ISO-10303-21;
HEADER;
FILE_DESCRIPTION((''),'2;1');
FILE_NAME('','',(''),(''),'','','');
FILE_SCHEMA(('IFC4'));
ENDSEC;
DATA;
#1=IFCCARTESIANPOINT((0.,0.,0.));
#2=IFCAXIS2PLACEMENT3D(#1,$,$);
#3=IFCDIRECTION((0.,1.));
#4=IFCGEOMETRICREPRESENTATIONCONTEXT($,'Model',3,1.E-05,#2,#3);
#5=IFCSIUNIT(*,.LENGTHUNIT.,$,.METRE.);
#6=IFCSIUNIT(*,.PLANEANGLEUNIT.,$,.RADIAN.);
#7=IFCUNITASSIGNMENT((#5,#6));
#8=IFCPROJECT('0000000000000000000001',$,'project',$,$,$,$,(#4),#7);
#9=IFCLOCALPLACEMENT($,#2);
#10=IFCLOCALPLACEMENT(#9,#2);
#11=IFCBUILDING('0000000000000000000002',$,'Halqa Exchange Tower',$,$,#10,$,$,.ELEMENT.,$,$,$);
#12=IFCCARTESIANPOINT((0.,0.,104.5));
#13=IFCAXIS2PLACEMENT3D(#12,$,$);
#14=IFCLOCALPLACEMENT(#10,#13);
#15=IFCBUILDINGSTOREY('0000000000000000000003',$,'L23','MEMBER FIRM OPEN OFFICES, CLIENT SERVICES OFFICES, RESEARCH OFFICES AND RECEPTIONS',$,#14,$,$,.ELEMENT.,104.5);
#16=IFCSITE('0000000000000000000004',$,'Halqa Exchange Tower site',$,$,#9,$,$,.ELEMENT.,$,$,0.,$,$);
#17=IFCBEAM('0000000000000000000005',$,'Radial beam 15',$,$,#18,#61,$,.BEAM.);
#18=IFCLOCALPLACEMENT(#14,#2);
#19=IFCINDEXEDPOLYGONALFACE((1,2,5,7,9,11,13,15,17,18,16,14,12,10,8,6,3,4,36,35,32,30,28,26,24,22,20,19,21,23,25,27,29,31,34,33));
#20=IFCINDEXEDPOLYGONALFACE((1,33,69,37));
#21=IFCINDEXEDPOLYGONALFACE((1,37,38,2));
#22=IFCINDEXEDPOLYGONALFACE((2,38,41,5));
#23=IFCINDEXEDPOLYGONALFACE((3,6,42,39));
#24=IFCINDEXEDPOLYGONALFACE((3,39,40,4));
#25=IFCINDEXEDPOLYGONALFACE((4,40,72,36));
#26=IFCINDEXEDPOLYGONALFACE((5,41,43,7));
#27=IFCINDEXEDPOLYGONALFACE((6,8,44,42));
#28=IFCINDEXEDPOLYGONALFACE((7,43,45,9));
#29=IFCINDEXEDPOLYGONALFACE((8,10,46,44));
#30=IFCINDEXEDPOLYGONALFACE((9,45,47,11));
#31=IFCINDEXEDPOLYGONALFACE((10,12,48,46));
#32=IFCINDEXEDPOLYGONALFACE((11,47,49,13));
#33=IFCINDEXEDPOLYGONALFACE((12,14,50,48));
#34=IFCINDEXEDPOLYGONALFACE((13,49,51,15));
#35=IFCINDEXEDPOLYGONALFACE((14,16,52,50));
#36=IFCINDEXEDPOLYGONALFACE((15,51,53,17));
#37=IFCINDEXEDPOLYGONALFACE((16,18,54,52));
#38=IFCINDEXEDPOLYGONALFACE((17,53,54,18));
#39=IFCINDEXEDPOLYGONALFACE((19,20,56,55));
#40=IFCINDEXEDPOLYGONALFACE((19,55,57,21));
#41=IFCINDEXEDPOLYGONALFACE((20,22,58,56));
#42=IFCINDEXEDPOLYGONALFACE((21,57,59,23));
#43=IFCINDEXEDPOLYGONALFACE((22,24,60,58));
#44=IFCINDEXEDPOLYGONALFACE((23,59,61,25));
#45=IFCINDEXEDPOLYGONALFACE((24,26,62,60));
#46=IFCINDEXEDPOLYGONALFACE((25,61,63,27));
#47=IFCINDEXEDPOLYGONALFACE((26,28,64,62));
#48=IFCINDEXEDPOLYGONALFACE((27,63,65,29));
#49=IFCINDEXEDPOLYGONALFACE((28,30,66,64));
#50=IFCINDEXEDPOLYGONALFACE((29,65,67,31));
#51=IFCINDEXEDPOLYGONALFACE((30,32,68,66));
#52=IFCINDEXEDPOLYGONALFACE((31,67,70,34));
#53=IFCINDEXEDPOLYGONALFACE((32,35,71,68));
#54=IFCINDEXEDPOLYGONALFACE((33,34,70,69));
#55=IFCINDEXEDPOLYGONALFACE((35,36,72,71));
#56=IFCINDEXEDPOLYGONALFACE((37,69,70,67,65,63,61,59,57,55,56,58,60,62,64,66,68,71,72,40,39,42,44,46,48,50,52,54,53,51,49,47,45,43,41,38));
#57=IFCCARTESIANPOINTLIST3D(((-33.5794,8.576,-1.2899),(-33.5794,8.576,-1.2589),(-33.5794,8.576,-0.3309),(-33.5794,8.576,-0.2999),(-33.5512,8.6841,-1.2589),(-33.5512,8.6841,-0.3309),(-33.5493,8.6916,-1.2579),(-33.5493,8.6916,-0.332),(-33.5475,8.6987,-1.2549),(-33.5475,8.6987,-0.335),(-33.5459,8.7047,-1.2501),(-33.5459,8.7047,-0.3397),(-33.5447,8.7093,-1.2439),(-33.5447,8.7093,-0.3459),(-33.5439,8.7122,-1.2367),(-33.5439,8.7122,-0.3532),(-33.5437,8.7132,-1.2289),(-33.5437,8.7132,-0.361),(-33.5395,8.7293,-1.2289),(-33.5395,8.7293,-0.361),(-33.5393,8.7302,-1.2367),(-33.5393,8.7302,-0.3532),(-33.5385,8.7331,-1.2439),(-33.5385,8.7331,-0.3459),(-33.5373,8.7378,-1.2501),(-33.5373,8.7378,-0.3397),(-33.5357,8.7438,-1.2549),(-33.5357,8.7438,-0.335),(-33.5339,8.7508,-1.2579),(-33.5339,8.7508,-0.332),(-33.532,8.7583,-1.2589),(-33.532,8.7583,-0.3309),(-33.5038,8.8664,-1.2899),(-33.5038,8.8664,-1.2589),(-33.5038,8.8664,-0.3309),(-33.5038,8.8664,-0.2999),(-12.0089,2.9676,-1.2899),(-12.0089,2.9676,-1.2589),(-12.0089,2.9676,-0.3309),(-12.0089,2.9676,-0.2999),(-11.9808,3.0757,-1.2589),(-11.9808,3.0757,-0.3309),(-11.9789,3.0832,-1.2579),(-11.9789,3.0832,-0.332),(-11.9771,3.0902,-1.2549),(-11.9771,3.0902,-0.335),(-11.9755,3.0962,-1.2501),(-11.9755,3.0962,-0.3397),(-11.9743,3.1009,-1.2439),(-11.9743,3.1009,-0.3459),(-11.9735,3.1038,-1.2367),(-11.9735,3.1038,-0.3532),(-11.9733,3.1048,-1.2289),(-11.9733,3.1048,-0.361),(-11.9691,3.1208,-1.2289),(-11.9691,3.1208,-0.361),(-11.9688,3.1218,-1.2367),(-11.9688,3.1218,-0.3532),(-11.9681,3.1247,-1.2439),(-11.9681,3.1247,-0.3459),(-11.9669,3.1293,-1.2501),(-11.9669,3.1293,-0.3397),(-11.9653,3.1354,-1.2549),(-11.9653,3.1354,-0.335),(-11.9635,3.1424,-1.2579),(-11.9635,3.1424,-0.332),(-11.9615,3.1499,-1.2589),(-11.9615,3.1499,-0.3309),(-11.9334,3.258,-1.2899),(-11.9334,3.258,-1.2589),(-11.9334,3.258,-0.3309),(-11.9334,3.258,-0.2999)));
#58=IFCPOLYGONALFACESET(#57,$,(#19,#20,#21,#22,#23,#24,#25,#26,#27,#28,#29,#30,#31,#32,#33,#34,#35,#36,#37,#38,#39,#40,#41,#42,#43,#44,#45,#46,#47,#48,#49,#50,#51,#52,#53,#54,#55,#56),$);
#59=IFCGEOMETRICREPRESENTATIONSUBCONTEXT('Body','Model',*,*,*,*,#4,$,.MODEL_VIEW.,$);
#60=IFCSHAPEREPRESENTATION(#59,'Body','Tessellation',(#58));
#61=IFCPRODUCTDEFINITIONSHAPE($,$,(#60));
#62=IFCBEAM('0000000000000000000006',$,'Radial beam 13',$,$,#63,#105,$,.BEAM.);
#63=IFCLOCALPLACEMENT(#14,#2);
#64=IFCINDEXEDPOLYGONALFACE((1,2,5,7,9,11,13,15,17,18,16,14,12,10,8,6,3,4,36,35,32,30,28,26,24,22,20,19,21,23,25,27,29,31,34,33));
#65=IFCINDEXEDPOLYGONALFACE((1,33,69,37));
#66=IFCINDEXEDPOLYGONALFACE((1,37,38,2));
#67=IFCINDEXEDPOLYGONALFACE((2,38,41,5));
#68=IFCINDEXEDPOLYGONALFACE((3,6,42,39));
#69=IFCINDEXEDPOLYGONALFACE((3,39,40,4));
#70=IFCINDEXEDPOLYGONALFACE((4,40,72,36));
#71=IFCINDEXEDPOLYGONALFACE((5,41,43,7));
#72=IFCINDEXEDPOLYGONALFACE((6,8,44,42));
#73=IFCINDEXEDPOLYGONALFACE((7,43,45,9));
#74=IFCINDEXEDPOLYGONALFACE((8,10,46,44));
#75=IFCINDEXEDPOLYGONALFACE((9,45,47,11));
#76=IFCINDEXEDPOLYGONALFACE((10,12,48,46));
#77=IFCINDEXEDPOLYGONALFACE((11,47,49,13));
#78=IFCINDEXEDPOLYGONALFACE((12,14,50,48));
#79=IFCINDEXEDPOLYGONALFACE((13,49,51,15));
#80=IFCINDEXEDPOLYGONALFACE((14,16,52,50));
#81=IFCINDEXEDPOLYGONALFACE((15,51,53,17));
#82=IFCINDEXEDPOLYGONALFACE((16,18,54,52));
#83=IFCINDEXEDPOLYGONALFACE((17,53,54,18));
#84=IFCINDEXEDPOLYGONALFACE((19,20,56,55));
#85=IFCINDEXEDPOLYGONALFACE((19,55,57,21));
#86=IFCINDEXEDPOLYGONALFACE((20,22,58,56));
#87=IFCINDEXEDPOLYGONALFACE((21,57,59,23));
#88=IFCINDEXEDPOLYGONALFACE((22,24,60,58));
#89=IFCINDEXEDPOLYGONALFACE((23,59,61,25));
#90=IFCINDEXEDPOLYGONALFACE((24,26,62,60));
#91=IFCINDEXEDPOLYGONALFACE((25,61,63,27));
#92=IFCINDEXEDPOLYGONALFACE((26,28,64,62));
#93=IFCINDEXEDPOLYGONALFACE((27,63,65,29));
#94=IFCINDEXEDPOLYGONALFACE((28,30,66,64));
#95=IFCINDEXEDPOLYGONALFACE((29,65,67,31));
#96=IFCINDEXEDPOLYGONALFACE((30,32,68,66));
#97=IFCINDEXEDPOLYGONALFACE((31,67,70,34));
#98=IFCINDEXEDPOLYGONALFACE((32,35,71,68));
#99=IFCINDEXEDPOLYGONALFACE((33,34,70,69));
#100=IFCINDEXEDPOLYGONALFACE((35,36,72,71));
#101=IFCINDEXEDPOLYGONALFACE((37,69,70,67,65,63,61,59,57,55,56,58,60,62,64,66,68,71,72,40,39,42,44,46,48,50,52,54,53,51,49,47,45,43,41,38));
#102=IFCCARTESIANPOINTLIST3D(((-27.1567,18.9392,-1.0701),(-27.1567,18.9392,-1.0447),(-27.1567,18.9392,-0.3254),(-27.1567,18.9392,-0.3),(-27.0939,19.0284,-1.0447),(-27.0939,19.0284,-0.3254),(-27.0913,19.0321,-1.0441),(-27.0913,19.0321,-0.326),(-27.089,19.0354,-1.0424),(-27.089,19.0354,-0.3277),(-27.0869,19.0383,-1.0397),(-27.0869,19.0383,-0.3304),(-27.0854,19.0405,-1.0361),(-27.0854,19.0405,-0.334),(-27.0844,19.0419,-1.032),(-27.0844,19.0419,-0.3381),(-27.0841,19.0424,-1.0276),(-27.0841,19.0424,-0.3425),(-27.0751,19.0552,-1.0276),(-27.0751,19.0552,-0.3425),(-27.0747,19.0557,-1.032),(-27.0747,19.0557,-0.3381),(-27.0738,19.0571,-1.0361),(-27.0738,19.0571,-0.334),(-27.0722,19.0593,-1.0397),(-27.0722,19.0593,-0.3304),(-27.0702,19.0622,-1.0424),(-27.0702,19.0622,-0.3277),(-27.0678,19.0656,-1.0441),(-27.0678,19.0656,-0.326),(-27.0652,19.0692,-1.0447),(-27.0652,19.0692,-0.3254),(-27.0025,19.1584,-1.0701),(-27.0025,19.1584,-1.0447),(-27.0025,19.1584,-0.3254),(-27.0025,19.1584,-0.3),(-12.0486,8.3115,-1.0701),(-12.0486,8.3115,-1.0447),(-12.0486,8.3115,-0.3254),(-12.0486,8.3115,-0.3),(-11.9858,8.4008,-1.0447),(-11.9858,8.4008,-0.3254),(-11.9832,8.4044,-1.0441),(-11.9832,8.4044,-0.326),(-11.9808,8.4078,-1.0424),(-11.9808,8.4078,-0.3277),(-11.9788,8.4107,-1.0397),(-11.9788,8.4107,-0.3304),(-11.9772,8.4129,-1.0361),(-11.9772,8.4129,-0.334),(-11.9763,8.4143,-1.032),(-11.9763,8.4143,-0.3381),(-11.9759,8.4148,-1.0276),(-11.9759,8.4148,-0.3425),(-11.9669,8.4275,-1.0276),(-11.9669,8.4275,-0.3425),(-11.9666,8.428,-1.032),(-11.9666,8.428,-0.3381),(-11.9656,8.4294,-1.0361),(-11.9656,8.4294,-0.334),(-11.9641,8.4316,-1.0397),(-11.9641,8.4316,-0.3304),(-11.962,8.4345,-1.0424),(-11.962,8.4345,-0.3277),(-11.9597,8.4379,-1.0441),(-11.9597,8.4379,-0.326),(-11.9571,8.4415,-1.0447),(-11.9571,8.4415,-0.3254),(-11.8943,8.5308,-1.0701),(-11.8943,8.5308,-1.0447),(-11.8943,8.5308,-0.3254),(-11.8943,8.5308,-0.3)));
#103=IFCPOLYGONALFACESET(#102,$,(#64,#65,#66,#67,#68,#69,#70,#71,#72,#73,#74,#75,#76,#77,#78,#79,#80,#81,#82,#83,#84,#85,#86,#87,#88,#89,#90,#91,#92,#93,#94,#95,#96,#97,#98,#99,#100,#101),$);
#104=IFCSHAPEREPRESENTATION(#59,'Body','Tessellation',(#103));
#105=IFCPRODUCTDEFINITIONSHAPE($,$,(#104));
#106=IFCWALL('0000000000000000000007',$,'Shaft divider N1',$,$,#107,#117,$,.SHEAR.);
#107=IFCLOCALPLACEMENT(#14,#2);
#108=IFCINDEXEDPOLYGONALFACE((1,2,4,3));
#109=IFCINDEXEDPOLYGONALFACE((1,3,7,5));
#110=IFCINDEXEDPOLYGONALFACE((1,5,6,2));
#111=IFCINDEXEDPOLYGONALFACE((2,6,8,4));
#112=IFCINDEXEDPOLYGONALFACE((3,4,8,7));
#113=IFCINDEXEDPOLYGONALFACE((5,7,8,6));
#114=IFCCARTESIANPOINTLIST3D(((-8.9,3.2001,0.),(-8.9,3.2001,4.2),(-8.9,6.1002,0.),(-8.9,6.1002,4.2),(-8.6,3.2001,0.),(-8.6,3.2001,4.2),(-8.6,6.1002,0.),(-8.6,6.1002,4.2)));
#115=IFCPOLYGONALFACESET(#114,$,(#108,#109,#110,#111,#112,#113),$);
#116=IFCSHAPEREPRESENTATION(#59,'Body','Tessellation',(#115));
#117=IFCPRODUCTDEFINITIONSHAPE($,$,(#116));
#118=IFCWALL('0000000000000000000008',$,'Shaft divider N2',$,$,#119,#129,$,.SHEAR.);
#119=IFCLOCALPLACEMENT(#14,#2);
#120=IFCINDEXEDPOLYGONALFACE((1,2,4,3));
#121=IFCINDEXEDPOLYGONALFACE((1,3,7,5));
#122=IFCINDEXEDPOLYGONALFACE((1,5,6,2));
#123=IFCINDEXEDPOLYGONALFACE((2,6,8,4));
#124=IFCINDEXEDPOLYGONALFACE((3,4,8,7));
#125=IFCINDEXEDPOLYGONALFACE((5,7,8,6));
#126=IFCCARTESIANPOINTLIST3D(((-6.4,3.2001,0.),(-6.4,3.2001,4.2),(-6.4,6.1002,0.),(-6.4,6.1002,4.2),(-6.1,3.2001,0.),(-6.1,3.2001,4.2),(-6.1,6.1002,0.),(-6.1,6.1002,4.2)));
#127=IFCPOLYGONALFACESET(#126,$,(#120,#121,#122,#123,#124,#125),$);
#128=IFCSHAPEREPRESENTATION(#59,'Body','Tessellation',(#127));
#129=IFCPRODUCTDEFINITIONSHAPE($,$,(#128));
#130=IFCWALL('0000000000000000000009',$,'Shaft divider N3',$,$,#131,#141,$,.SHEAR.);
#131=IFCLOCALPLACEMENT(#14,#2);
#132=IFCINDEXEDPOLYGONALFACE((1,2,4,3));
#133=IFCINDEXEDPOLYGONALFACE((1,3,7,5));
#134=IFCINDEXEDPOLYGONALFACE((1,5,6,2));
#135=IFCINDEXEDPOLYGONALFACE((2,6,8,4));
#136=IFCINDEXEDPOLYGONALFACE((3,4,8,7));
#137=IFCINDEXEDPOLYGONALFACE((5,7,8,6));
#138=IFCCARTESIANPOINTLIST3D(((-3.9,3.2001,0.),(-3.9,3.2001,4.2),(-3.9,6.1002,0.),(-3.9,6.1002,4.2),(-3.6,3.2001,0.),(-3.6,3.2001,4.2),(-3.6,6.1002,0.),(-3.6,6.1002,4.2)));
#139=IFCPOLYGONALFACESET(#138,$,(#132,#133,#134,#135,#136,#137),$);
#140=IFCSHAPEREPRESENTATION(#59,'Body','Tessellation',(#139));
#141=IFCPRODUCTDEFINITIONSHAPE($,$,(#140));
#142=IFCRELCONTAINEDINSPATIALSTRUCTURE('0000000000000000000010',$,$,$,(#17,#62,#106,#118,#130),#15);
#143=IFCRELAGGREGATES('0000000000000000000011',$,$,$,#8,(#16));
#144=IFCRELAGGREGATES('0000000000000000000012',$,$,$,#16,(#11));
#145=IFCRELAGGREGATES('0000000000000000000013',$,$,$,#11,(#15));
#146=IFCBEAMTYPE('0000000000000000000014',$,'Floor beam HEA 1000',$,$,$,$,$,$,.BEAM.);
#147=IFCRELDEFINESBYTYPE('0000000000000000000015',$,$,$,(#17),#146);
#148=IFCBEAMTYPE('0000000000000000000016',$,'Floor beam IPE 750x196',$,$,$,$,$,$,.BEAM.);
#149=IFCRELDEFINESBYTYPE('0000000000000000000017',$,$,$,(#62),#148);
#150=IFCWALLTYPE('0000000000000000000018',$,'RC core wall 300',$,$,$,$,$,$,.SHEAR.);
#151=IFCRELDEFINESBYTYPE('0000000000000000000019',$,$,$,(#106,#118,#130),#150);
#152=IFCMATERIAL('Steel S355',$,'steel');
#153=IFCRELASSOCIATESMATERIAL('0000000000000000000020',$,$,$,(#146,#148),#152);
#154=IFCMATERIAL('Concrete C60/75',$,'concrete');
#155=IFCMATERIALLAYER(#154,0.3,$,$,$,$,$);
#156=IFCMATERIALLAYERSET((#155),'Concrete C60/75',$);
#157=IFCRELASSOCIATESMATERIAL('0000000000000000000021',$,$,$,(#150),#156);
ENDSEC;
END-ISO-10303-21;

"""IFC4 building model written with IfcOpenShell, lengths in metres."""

from ifc_helpers import new_model, si_unit, direction, frame, frame_2d, origin, origin_2d, place, context, subcontext, project, spatial, rectangle, i_section, extrude, material, layer, layer_set, material_profile, profile_set, type_object, element, save


model = new_model("IFC4")

# Units and contexts
model_context = context("Model", 3, precision=1e-05, world=origin(), true_north=direction((0.0, 1.0)))
body_context = subcontext(model_context, "Body", "Model", "MODEL_VIEW")
ifc_project = project(units=[si_unit("LENGTHUNIT", "METRE"), si_unit("PLANEANGLEUNIT", "RADIAN")], contexts=[model_context])

# Site, building, storey
site_placement = place(None, origin())
site = spatial("IfcSite", under=ifc_project, at=site_placement, Name="Halqa Exchange Tower site", CompositionType="ELEMENT", RefElevation=0.0)
building_placement = place(site_placement, origin())
building = spatial("IfcBuilding", under=site, at=building_placement, Name="Halqa Exchange Tower", CompositionType="ELEMENT")
storey_placement = place(building_placement, frame((0.0, 0.0, 104.5)))
storey = spatial("IfcBuildingStorey", under=building, at=storey_placement, Name="L23", Description="MEMBER FIRM OPEN OFFICES, CLIENT SERVICES OFFICES, RESEARCH OFFICES AND RECEPTIONS", CompositionType="ELEMENT", Elevation=104.5)

# Beams
ifc_material_1 = material(Name="Steel S355", Category="steel")
ifc_material_profile_1 = material_profile(ifc_material_1, i_section(OverallWidth=0.3, OverallDepth=0.99, WebThickness=0.0166, FlangeThickness=0.031, FilletRadius=0.03, at=origin_2d()), Name="HEA 1000")
ifc_profile_set_1 = profile_set([ifc_material_profile_1], Name="Steel S355")
beam_type_1 = type_object("IfcBeamType", Name="Floor beam HEA 1000", PredefinedType="BEAM", material=ifc_profile_set_1)
beam_1_placement = place(storey_placement, frame((-11.9712, 3.1128, -0.7949), z_axis=(-0.967821, 0.251639, 0.0), x_axis=(-0.251639, -0.967821, 0.0)))
element("IfcBeam", 1, at=beam_1_placement, inside=storey, type_object=beam_type_1, Name="Radial beam 15", PredefinedType="BEAM", context=body_context, shape_type="SweptSolid", body=[
    extrude(i_section(OverallWidth=0.3, OverallDepth=0.99, WebThickness=0.0166, FlangeThickness=0.031, FilletRadius=0.03, at=origin_2d()), origin(), (0.0, 0.0, 1.0), 22.2876),
])
ifc_material_profile_2 = material_profile(ifc_material_1, i_section(OverallWidth=0.2681, OverallDepth=0.77, WebThickness=0.0156, FlangeThickness=0.0254, FilletRadius=0.0171, at=origin_2d()), Name="IPE 750x196")
ifc_profile_set_2 = profile_set([ifc_material_profile_2], Name="Steel S355")
beam_type_2 = type_object("IfcBeamType", Name="Floor beam IPE 750x196", PredefinedType="BEAM", material=ifc_profile_set_2)
beam_2_placement = place(storey_placement, frame((-11.9714, 8.4211, -0.6851), z_axis=(-0.817908, 0.575349, 0.0), x_axis=(-0.575349, -0.817908, 0.0)))
element("IfcBeam", 2, at=beam_2_placement, inside=storey, type_object=beam_type_2, Name="Radial beam 13", PredefinedType="BEAM", context=body_context, shape_type="SweptSolid", body=[
    extrude(i_section(OverallWidth=0.2681, OverallDepth=0.77, WebThickness=0.0156, FlangeThickness=0.0254, FilletRadius=0.0171, at=origin_2d()), origin(), (0.0, 0.0, 1.0), 18.4717),
])

# Walls
ifc_material_2 = material(Name="Concrete C60/75", Category="concrete")
ifc_layer_1 = layer(ifc_material_2, 0.3)
ifc_layer_set_1 = layer_set([ifc_layer_1], Name="Concrete C60/75")
wall_type_1 = type_object("IfcWallType", Name="RC core wall 300", PredefinedType="SHEAR", material=ifc_layer_set_1)
for number, where, z_axis, x_axis, name in (
    (3, (-8.75, 3.2, 0.0), (0.0, 0.0, 1.0), (0.0, 1.0, 0.0), "Shaft divider N1"),
    (4, (-6.25, 3.2, 0.0), (0.0, 0.0, 1.0), (0.0, 1.0, 0.0), "Shaft divider N2"),
    (5, (-3.75, 3.2, 0.0), (0.0, 0.0, 1.0), (0.0, 1.0, 0.0), "Shaft divider N3"),
):
    element("IfcWall", number, at=place(storey_placement, frame(where, z_axis=z_axis, x_axis=x_axis)), inside=storey, type_object=wall_type_1, Name=name, PredefinedType="SHEAR", context=body_context, shape_type="SweptSolid", body=[
        extrude(rectangle(XDim=2.9001, YDim=0.3, at=frame_2d((1.4502, 0.0))), origin(), (0.0, 0.0, 1.0), 4.2),
    ])

save(model, "model.ifc")
